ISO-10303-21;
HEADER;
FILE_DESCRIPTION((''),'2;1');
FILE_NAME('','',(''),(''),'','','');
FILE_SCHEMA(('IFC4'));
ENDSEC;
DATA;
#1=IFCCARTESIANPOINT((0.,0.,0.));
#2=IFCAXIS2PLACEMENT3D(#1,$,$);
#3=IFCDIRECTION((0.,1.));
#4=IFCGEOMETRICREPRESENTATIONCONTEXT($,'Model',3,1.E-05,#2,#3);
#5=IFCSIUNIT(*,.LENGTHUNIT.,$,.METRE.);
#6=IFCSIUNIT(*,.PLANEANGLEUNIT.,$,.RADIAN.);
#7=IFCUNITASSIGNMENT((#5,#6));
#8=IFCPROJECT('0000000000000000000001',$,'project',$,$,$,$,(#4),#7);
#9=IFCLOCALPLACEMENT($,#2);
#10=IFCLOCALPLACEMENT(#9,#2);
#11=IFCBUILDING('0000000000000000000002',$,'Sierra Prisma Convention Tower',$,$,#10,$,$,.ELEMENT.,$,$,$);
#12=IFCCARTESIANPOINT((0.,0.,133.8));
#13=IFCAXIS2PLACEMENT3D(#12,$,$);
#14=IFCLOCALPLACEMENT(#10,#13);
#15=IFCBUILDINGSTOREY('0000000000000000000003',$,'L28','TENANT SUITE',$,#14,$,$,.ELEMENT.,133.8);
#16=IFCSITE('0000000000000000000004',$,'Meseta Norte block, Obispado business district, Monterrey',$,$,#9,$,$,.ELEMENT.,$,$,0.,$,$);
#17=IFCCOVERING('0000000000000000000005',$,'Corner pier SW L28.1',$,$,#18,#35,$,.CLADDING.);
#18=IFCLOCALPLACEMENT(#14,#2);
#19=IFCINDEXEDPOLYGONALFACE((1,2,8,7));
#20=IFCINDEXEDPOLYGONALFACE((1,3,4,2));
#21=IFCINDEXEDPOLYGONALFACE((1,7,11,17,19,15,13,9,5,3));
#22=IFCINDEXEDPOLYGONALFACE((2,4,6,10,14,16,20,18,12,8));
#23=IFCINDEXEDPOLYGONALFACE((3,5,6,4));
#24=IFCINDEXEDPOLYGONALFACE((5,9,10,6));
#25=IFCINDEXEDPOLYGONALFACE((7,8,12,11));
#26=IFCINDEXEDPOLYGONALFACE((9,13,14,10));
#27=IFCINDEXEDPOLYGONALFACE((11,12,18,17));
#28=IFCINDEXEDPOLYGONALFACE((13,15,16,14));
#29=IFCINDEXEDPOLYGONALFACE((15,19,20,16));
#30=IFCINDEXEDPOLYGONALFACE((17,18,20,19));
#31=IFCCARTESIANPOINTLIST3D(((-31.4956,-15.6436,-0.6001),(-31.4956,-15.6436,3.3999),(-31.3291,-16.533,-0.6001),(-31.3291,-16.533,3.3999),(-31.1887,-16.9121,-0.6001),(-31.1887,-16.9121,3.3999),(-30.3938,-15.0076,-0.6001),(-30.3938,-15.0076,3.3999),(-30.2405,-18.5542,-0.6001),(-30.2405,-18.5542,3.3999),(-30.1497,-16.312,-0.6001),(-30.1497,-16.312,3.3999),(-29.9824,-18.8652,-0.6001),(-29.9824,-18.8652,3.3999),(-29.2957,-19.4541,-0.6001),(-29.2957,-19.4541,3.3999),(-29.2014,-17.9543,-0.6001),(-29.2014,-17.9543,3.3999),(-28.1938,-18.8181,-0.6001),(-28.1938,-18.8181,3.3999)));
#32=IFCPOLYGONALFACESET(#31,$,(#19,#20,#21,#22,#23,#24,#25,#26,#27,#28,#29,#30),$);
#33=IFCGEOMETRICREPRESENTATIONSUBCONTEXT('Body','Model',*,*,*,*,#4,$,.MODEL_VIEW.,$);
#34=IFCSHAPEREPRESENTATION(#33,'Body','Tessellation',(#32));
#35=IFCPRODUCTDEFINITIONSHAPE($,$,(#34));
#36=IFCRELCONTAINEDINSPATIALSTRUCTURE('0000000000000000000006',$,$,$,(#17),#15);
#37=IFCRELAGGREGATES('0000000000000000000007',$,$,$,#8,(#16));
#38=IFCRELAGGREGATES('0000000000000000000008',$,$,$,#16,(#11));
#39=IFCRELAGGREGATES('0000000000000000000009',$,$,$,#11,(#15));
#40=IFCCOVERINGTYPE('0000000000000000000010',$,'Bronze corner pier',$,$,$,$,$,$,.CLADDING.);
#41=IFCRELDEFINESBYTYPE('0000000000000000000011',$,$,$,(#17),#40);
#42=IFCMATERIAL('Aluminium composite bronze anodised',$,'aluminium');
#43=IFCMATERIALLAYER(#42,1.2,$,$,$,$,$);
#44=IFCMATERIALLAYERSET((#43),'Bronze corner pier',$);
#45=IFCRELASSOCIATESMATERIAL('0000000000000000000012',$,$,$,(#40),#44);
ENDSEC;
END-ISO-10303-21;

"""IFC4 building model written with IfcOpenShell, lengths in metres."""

from ifc_helpers import new_model, si_unit, direction, frame, origin, place, context, subcontext, project, spatial, polyline, outline, extrude, material, layer, layer_set, type_object, element, save


model = new_model("IFC4")

# Units and contexts
model_context = context("Model", 3, precision=1e-05, world=origin(), true_north=direction((0.0, 1.0)))
body_context = subcontext(model_context, "Body", "Model", "MODEL_VIEW")
ifc_project = project(units=[si_unit("LENGTHUNIT", "METRE"), si_unit("PLANEANGLEUNIT", "RADIAN")], contexts=[model_context])

# Site, building, storey
site_placement = place(None, origin())
site = spatial("IfcSite", under=ifc_project, at=site_placement, Name="Meseta Norte block, Obispado business district, Monterrey", CompositionType="ELEMENT", RefElevation=0.0)
building_placement = place(site_placement, origin())
building = spatial("IfcBuilding", under=site, at=building_placement, Name="Sierra Prisma Convention Tower", CompositionType="ELEMENT")
storey_placement = place(building_placement, frame((0.0, 0.0, 133.8)))
storey = spatial("IfcBuildingStorey", under=building, at=storey_placement, Name="L28", Description="TENANT SUITE", CompositionType="ELEMENT", Elevation=133.8)

# Covering
ifc_material_1 = material(Name="Aluminium composite bronze anodised", Category="aluminium")
ifc_layer_1 = layer(ifc_material_1, 1.2)
ifc_layer_set_1 = layer_set([ifc_layer_1], Name="Bronze corner pier")
covering_type = type_object("IfcCoveringType", Name="Bronze corner pier", PredefinedType="CLADDING", material=ifc_layer_set_1)
covering_1_placement = place(storey_placement, frame((0.0, 0.0, -0.6001)))
element("IfcCovering", 1, at=covering_1_placement, inside=storey, type_object=covering_type, Name="Corner pier SW L28.1", PredefinedType="CLADDING", context=body_context, shape_type="SweptSolid", body=[
    extrude(outline(polyline([(-29.9824, -18.8652), (-30.2405, -18.5542), (-31.1887, -16.9121), (-31.3291, -16.533), (-31.4956, -15.6436), (-30.3938, -15.0076), (-30.1497, -16.312), (-29.2014, -17.9543), (-28.1938, -18.8181), (-29.2957, -19.4541), (-29.9824, -18.8652)])), origin(), (0.0, 0.0, 1.0), 4.0),
])

save(model, "model.ifc")
